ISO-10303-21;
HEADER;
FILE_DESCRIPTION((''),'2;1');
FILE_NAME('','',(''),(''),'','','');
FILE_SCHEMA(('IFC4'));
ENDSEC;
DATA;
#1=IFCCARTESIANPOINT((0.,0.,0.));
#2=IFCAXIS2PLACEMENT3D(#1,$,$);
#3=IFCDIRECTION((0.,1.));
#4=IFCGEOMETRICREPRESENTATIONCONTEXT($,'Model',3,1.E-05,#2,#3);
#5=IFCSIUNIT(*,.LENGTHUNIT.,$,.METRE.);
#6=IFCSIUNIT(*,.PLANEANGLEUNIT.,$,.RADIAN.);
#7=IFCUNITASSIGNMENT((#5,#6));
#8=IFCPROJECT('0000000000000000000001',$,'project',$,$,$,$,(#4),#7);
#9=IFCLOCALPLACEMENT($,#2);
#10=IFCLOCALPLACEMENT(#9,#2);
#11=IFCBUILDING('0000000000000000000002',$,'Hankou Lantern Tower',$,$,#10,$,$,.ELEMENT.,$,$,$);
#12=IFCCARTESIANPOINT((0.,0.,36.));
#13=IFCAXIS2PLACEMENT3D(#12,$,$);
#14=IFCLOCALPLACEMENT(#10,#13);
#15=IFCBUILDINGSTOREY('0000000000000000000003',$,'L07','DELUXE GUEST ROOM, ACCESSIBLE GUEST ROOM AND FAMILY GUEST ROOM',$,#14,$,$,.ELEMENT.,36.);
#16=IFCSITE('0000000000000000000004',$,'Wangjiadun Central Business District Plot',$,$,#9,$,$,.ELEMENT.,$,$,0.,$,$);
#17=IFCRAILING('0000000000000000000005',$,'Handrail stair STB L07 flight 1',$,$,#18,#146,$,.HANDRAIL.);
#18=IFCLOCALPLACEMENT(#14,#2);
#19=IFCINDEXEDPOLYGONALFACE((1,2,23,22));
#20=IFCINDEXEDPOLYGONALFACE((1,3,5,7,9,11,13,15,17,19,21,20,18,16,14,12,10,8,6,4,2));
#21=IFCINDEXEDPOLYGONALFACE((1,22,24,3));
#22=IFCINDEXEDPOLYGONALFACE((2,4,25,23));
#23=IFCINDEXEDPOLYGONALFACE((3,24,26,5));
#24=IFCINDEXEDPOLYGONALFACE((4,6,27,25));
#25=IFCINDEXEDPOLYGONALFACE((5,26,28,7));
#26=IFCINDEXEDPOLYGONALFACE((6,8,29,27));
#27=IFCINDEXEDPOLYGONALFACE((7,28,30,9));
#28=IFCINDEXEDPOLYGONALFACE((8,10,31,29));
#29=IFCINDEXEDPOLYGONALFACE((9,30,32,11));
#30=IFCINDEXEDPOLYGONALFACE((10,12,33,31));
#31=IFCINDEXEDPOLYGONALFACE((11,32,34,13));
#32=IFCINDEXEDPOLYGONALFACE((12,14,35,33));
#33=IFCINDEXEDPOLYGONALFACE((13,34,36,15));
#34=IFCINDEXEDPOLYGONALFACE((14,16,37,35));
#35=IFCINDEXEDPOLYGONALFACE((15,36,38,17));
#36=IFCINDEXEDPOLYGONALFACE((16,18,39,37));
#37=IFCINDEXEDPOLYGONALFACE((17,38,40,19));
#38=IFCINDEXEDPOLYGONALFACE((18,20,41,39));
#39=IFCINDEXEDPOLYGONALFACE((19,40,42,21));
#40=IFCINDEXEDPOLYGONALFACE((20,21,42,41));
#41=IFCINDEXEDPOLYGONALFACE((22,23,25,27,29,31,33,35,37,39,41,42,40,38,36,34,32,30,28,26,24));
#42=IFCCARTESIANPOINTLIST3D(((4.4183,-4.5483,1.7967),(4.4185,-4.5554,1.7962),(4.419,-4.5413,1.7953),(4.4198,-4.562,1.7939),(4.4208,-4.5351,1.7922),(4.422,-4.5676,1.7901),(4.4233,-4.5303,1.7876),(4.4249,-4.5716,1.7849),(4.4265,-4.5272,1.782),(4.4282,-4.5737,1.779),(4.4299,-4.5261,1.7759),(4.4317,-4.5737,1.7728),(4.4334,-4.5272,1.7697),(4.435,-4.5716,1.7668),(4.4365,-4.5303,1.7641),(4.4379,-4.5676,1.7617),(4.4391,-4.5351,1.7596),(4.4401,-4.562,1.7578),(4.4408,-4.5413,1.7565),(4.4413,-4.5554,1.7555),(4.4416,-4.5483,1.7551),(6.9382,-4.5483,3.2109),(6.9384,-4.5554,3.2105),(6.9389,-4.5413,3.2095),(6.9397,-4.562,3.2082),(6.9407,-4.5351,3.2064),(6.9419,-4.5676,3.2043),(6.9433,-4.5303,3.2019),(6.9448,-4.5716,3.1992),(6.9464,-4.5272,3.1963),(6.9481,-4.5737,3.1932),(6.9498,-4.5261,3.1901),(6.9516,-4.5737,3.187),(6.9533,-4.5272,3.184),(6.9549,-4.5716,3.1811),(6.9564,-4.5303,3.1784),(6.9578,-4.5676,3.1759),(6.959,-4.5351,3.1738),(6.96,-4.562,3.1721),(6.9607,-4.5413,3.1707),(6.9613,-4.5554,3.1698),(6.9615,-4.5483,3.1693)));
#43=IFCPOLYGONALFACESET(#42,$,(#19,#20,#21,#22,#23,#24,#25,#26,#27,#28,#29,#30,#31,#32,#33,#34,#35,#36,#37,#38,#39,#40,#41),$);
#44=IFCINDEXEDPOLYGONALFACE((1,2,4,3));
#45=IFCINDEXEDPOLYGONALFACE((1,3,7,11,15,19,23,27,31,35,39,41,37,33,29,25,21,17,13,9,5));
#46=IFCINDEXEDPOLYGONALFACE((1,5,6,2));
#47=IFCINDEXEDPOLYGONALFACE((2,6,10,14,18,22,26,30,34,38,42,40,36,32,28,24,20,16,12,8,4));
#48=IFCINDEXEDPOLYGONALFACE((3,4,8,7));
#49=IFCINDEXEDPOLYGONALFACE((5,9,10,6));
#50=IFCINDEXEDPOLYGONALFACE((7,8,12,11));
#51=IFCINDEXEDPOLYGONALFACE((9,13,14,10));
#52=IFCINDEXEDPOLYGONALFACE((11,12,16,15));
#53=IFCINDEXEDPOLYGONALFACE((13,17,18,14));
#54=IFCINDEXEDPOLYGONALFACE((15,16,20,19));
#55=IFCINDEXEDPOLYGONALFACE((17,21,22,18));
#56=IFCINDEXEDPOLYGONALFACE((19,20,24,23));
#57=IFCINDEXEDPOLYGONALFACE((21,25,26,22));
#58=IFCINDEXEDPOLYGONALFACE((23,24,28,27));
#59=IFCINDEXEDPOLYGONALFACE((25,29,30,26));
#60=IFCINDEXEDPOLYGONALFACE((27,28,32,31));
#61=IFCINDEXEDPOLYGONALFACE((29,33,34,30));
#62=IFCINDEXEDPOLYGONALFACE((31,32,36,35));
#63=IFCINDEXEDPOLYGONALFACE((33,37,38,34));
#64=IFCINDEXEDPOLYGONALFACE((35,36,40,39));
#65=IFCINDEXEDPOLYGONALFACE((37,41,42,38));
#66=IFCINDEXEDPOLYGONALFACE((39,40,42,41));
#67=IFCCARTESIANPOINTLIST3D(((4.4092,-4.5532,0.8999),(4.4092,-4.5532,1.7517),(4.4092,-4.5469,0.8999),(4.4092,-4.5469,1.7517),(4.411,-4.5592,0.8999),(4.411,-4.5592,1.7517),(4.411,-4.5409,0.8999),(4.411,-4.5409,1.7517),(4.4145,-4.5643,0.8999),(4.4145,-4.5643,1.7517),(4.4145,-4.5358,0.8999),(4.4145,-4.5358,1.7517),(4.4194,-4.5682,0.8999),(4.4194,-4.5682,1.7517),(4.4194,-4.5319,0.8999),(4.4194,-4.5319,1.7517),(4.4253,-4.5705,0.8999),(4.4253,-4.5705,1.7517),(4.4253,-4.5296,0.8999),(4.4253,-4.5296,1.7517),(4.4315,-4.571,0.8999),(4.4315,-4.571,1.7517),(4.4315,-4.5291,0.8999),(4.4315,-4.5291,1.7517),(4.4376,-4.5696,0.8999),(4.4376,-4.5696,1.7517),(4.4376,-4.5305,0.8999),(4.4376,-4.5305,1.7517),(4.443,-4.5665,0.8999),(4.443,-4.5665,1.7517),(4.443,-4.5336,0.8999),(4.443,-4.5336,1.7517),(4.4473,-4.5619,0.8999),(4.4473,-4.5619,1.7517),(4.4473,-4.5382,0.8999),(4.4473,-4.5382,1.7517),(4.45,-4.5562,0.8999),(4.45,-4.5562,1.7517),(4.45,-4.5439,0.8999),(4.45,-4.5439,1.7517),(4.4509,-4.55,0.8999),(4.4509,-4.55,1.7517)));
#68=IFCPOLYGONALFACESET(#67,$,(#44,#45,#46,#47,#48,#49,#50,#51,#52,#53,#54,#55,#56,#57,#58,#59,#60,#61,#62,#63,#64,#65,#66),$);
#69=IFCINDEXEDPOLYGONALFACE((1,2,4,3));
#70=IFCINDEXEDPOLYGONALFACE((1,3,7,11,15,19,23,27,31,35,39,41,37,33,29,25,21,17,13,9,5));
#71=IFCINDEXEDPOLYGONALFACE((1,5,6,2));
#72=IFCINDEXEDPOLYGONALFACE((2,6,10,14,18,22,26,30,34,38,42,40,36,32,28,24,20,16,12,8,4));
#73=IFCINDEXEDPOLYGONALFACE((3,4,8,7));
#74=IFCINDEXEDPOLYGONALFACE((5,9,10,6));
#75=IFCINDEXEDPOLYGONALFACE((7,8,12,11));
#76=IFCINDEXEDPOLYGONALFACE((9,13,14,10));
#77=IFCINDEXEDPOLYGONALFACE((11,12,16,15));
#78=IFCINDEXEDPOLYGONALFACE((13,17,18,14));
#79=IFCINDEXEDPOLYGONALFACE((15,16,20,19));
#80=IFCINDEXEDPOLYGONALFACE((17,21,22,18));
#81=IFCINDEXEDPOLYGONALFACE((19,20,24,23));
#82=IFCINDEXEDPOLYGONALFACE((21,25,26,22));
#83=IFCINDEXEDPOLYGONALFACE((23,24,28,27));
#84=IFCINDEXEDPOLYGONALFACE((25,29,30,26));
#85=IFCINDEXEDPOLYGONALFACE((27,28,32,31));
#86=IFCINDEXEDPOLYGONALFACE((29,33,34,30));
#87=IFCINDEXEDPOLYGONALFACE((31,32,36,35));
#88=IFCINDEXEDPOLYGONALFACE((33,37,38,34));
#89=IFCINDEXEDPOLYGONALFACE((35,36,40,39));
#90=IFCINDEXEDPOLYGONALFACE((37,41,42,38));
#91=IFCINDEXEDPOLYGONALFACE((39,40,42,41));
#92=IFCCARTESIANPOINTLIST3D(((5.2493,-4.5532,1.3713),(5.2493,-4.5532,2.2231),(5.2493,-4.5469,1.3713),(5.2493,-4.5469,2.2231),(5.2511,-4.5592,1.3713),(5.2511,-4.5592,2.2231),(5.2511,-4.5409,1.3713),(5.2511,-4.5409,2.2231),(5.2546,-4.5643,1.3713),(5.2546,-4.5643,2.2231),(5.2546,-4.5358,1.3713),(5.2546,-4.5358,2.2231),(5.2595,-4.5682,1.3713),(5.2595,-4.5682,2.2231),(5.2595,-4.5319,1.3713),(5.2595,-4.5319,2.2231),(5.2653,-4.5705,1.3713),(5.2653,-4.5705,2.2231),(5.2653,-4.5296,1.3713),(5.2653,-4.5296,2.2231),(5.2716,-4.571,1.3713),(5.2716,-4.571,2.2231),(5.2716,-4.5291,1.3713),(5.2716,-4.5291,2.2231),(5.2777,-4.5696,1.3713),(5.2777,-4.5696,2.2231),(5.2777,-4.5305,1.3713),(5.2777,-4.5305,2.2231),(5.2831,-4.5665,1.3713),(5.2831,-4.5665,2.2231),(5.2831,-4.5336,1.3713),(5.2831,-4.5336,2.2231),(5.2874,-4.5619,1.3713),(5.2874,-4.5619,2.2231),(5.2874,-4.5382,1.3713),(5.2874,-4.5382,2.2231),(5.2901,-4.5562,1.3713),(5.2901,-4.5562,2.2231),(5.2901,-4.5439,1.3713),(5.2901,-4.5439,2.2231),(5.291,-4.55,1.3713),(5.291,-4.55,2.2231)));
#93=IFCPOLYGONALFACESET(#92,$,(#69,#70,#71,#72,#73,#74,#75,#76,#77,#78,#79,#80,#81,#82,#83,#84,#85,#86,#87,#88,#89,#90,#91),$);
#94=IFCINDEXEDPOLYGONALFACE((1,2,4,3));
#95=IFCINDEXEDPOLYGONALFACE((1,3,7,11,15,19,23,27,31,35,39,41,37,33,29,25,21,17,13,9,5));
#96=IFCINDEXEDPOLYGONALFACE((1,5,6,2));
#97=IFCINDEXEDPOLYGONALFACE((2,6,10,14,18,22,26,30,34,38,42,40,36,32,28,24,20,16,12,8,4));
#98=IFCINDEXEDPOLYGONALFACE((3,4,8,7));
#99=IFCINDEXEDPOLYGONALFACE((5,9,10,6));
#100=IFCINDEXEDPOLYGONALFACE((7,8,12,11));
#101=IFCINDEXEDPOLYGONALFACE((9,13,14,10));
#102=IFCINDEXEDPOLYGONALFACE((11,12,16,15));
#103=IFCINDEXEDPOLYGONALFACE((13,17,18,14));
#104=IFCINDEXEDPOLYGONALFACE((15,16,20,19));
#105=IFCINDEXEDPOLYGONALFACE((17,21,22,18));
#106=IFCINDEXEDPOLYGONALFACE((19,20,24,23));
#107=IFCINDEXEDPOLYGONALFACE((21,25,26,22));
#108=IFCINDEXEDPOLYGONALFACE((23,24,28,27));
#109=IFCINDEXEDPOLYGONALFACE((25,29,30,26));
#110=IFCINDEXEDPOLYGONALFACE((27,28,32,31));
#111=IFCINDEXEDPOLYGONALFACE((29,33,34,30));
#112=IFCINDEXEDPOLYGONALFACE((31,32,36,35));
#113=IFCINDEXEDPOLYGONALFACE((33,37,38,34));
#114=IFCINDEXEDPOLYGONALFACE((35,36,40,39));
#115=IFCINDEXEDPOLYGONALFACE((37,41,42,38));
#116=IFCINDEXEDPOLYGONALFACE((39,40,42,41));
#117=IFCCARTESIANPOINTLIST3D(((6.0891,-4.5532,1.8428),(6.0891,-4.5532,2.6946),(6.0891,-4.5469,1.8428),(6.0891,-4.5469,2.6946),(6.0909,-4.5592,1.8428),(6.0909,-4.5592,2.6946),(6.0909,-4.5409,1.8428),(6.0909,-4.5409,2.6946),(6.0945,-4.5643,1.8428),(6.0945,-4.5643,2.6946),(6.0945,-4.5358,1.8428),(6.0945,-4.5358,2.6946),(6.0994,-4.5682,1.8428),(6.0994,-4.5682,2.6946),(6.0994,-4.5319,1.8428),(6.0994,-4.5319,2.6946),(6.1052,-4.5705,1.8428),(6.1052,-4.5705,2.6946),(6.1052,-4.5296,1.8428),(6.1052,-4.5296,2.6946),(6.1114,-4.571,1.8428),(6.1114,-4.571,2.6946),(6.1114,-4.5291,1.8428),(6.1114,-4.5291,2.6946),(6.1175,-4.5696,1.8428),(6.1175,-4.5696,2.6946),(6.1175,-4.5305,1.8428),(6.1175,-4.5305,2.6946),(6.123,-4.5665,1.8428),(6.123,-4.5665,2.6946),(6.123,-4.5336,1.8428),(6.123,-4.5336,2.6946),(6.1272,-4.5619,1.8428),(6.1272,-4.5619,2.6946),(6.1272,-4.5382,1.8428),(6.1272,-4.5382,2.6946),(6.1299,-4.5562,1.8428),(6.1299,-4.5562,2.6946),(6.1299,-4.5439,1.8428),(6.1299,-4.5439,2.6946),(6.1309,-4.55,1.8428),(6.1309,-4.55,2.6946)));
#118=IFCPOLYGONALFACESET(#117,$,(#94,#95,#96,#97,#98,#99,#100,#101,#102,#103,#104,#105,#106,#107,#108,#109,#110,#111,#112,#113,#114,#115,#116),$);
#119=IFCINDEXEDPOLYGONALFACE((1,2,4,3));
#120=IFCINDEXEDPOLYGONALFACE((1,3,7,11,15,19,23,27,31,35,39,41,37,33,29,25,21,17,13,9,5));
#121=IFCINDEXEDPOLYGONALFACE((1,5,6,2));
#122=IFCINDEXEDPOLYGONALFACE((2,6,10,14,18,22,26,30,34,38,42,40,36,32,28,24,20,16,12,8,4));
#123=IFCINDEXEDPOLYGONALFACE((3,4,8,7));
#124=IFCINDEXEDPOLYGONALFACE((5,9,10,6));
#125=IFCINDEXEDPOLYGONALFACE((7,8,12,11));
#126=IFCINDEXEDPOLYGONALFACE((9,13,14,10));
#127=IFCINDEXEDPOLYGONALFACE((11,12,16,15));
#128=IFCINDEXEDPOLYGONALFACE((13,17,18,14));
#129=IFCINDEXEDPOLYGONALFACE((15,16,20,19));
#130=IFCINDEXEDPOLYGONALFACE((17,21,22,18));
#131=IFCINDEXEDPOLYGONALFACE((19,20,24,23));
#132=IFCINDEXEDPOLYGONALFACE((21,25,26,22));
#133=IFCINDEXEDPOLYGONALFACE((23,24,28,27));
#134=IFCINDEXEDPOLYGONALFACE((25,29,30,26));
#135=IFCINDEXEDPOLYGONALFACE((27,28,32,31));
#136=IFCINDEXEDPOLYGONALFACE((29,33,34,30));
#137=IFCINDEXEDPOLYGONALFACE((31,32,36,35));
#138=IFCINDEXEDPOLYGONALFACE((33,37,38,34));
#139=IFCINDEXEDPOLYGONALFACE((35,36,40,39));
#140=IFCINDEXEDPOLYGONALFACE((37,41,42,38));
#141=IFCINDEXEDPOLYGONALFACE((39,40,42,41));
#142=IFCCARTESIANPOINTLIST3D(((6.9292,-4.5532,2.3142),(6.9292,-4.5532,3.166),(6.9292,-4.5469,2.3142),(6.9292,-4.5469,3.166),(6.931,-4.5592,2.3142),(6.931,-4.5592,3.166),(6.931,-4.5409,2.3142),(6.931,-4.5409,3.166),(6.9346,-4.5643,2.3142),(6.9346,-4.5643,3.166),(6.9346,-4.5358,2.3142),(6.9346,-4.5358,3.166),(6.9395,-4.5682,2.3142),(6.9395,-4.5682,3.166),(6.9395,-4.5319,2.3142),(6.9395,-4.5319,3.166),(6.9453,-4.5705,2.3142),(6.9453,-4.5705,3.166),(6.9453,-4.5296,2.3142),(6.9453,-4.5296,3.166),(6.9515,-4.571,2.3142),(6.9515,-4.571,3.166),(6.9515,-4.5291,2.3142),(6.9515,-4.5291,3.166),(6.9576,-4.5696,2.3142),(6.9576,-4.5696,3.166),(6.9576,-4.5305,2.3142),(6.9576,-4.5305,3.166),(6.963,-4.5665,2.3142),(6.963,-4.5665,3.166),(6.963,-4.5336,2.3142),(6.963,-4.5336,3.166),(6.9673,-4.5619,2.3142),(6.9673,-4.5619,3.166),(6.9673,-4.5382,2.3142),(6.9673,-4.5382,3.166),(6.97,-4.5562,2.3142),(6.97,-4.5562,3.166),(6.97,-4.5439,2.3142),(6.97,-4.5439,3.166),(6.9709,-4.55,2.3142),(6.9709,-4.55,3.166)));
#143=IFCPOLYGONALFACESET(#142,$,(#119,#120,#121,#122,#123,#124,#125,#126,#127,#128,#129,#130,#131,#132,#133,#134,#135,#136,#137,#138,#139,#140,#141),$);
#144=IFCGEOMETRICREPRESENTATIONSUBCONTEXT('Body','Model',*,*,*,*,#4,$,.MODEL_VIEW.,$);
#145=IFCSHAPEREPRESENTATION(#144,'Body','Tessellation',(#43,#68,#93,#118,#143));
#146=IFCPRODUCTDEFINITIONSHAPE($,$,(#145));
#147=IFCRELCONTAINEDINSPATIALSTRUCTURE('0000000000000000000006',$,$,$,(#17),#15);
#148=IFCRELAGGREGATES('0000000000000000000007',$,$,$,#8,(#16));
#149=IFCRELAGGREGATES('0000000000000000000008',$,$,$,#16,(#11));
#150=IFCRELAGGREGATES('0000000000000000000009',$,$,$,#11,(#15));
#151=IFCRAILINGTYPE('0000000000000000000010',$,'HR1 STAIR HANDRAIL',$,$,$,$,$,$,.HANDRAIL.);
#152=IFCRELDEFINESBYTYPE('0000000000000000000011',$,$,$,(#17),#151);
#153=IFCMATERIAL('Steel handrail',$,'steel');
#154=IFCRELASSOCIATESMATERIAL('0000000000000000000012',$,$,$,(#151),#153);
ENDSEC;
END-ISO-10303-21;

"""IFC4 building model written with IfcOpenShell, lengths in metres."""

from ifc_helpers import new_model, si_unit, direction, frame, origin, origin_2d, place, context, subcontext, project, spatial, circle, extrude, material, type_object, element, save


model = new_model("IFC4")

# Units and contexts
model_context = context("Model", 3, precision=1e-05, world=origin(), true_north=direction((0.0, 1.0)))
body_context = subcontext(model_context, "Body", "Model", "MODEL_VIEW")
ifc_project = project(units=[si_unit("LENGTHUNIT", "METRE"), si_unit("PLANEANGLEUNIT", "RADIAN")], contexts=[model_context])

# Site, building, storey
site_placement = place(None, origin())
site = spatial("IfcSite", under=ifc_project, at=site_placement, Name="Wangjiadun Central Business District Plot", CompositionType="ELEMENT", RefElevation=0.0)
building_placement = place(site_placement, origin())
building = spatial("IfcBuilding", under=site, at=building_placement, Name="Hankou Lantern Tower", CompositionType="ELEMENT")
storey_placement = place(building_placement, frame((0.0, 0.0, 36.0)))
storey = spatial("IfcBuildingStorey", under=building, at=storey_placement, Name="L07", Description="DELUXE GUEST ROOM, ACCESSIBLE GUEST ROOM AND FAMILY GUEST ROOM", CompositionType="ELEMENT", Elevation=36.0)

# Railing
ifc_material_1 = material(Name="Steel handrail", Category="steel")
railing_type = type_object("IfcRailingType", Name="HR1 STAIR HANDRAIL", PredefinedType="HANDRAIL", material=ifc_material_1)
railing_1_placement = place(storey_placement, frame((4.4299, -4.55, 0.8999)))
element("IfcRailing", 1, at=railing_1_placement, inside=storey, type_object=railing_type, Name="Handrail stair STB L07 flight 1", PredefinedType="HANDRAIL", context=body_context, shape_type="SweptSolid", body=[
    extrude(circle(Radius=0.0239, at=origin_2d()), frame((0.0, 0.0, 0.876), z_axis=(0.872049, 0.0, 0.489419), x_axis=(0.0, 1.0, 0.0)), (0.0, 0.0, 1.0), 2.8896),
    extrude(circle(Radius=0.021, at=origin_2d()), origin(), (0.0, 0.0, 1.0), 0.8518),
    extrude(circle(Radius=0.021, at=origin_2d()), frame((0.8401, 0.0, 0.4714)), (0.0, 0.0, 1.0), 0.8518),
    extrude(circle(Radius=0.021, at=origin_2d()), frame((1.6799, 0.0, 0.9429)), (0.0, 0.0, 1.0), 0.8518),
    extrude(circle(Radius=0.021, at=origin_2d()), frame((2.52, 0.0, 1.4143)), (0.0, 0.0, 1.0), 0.8518),
])

save(model, "model.ifc")
